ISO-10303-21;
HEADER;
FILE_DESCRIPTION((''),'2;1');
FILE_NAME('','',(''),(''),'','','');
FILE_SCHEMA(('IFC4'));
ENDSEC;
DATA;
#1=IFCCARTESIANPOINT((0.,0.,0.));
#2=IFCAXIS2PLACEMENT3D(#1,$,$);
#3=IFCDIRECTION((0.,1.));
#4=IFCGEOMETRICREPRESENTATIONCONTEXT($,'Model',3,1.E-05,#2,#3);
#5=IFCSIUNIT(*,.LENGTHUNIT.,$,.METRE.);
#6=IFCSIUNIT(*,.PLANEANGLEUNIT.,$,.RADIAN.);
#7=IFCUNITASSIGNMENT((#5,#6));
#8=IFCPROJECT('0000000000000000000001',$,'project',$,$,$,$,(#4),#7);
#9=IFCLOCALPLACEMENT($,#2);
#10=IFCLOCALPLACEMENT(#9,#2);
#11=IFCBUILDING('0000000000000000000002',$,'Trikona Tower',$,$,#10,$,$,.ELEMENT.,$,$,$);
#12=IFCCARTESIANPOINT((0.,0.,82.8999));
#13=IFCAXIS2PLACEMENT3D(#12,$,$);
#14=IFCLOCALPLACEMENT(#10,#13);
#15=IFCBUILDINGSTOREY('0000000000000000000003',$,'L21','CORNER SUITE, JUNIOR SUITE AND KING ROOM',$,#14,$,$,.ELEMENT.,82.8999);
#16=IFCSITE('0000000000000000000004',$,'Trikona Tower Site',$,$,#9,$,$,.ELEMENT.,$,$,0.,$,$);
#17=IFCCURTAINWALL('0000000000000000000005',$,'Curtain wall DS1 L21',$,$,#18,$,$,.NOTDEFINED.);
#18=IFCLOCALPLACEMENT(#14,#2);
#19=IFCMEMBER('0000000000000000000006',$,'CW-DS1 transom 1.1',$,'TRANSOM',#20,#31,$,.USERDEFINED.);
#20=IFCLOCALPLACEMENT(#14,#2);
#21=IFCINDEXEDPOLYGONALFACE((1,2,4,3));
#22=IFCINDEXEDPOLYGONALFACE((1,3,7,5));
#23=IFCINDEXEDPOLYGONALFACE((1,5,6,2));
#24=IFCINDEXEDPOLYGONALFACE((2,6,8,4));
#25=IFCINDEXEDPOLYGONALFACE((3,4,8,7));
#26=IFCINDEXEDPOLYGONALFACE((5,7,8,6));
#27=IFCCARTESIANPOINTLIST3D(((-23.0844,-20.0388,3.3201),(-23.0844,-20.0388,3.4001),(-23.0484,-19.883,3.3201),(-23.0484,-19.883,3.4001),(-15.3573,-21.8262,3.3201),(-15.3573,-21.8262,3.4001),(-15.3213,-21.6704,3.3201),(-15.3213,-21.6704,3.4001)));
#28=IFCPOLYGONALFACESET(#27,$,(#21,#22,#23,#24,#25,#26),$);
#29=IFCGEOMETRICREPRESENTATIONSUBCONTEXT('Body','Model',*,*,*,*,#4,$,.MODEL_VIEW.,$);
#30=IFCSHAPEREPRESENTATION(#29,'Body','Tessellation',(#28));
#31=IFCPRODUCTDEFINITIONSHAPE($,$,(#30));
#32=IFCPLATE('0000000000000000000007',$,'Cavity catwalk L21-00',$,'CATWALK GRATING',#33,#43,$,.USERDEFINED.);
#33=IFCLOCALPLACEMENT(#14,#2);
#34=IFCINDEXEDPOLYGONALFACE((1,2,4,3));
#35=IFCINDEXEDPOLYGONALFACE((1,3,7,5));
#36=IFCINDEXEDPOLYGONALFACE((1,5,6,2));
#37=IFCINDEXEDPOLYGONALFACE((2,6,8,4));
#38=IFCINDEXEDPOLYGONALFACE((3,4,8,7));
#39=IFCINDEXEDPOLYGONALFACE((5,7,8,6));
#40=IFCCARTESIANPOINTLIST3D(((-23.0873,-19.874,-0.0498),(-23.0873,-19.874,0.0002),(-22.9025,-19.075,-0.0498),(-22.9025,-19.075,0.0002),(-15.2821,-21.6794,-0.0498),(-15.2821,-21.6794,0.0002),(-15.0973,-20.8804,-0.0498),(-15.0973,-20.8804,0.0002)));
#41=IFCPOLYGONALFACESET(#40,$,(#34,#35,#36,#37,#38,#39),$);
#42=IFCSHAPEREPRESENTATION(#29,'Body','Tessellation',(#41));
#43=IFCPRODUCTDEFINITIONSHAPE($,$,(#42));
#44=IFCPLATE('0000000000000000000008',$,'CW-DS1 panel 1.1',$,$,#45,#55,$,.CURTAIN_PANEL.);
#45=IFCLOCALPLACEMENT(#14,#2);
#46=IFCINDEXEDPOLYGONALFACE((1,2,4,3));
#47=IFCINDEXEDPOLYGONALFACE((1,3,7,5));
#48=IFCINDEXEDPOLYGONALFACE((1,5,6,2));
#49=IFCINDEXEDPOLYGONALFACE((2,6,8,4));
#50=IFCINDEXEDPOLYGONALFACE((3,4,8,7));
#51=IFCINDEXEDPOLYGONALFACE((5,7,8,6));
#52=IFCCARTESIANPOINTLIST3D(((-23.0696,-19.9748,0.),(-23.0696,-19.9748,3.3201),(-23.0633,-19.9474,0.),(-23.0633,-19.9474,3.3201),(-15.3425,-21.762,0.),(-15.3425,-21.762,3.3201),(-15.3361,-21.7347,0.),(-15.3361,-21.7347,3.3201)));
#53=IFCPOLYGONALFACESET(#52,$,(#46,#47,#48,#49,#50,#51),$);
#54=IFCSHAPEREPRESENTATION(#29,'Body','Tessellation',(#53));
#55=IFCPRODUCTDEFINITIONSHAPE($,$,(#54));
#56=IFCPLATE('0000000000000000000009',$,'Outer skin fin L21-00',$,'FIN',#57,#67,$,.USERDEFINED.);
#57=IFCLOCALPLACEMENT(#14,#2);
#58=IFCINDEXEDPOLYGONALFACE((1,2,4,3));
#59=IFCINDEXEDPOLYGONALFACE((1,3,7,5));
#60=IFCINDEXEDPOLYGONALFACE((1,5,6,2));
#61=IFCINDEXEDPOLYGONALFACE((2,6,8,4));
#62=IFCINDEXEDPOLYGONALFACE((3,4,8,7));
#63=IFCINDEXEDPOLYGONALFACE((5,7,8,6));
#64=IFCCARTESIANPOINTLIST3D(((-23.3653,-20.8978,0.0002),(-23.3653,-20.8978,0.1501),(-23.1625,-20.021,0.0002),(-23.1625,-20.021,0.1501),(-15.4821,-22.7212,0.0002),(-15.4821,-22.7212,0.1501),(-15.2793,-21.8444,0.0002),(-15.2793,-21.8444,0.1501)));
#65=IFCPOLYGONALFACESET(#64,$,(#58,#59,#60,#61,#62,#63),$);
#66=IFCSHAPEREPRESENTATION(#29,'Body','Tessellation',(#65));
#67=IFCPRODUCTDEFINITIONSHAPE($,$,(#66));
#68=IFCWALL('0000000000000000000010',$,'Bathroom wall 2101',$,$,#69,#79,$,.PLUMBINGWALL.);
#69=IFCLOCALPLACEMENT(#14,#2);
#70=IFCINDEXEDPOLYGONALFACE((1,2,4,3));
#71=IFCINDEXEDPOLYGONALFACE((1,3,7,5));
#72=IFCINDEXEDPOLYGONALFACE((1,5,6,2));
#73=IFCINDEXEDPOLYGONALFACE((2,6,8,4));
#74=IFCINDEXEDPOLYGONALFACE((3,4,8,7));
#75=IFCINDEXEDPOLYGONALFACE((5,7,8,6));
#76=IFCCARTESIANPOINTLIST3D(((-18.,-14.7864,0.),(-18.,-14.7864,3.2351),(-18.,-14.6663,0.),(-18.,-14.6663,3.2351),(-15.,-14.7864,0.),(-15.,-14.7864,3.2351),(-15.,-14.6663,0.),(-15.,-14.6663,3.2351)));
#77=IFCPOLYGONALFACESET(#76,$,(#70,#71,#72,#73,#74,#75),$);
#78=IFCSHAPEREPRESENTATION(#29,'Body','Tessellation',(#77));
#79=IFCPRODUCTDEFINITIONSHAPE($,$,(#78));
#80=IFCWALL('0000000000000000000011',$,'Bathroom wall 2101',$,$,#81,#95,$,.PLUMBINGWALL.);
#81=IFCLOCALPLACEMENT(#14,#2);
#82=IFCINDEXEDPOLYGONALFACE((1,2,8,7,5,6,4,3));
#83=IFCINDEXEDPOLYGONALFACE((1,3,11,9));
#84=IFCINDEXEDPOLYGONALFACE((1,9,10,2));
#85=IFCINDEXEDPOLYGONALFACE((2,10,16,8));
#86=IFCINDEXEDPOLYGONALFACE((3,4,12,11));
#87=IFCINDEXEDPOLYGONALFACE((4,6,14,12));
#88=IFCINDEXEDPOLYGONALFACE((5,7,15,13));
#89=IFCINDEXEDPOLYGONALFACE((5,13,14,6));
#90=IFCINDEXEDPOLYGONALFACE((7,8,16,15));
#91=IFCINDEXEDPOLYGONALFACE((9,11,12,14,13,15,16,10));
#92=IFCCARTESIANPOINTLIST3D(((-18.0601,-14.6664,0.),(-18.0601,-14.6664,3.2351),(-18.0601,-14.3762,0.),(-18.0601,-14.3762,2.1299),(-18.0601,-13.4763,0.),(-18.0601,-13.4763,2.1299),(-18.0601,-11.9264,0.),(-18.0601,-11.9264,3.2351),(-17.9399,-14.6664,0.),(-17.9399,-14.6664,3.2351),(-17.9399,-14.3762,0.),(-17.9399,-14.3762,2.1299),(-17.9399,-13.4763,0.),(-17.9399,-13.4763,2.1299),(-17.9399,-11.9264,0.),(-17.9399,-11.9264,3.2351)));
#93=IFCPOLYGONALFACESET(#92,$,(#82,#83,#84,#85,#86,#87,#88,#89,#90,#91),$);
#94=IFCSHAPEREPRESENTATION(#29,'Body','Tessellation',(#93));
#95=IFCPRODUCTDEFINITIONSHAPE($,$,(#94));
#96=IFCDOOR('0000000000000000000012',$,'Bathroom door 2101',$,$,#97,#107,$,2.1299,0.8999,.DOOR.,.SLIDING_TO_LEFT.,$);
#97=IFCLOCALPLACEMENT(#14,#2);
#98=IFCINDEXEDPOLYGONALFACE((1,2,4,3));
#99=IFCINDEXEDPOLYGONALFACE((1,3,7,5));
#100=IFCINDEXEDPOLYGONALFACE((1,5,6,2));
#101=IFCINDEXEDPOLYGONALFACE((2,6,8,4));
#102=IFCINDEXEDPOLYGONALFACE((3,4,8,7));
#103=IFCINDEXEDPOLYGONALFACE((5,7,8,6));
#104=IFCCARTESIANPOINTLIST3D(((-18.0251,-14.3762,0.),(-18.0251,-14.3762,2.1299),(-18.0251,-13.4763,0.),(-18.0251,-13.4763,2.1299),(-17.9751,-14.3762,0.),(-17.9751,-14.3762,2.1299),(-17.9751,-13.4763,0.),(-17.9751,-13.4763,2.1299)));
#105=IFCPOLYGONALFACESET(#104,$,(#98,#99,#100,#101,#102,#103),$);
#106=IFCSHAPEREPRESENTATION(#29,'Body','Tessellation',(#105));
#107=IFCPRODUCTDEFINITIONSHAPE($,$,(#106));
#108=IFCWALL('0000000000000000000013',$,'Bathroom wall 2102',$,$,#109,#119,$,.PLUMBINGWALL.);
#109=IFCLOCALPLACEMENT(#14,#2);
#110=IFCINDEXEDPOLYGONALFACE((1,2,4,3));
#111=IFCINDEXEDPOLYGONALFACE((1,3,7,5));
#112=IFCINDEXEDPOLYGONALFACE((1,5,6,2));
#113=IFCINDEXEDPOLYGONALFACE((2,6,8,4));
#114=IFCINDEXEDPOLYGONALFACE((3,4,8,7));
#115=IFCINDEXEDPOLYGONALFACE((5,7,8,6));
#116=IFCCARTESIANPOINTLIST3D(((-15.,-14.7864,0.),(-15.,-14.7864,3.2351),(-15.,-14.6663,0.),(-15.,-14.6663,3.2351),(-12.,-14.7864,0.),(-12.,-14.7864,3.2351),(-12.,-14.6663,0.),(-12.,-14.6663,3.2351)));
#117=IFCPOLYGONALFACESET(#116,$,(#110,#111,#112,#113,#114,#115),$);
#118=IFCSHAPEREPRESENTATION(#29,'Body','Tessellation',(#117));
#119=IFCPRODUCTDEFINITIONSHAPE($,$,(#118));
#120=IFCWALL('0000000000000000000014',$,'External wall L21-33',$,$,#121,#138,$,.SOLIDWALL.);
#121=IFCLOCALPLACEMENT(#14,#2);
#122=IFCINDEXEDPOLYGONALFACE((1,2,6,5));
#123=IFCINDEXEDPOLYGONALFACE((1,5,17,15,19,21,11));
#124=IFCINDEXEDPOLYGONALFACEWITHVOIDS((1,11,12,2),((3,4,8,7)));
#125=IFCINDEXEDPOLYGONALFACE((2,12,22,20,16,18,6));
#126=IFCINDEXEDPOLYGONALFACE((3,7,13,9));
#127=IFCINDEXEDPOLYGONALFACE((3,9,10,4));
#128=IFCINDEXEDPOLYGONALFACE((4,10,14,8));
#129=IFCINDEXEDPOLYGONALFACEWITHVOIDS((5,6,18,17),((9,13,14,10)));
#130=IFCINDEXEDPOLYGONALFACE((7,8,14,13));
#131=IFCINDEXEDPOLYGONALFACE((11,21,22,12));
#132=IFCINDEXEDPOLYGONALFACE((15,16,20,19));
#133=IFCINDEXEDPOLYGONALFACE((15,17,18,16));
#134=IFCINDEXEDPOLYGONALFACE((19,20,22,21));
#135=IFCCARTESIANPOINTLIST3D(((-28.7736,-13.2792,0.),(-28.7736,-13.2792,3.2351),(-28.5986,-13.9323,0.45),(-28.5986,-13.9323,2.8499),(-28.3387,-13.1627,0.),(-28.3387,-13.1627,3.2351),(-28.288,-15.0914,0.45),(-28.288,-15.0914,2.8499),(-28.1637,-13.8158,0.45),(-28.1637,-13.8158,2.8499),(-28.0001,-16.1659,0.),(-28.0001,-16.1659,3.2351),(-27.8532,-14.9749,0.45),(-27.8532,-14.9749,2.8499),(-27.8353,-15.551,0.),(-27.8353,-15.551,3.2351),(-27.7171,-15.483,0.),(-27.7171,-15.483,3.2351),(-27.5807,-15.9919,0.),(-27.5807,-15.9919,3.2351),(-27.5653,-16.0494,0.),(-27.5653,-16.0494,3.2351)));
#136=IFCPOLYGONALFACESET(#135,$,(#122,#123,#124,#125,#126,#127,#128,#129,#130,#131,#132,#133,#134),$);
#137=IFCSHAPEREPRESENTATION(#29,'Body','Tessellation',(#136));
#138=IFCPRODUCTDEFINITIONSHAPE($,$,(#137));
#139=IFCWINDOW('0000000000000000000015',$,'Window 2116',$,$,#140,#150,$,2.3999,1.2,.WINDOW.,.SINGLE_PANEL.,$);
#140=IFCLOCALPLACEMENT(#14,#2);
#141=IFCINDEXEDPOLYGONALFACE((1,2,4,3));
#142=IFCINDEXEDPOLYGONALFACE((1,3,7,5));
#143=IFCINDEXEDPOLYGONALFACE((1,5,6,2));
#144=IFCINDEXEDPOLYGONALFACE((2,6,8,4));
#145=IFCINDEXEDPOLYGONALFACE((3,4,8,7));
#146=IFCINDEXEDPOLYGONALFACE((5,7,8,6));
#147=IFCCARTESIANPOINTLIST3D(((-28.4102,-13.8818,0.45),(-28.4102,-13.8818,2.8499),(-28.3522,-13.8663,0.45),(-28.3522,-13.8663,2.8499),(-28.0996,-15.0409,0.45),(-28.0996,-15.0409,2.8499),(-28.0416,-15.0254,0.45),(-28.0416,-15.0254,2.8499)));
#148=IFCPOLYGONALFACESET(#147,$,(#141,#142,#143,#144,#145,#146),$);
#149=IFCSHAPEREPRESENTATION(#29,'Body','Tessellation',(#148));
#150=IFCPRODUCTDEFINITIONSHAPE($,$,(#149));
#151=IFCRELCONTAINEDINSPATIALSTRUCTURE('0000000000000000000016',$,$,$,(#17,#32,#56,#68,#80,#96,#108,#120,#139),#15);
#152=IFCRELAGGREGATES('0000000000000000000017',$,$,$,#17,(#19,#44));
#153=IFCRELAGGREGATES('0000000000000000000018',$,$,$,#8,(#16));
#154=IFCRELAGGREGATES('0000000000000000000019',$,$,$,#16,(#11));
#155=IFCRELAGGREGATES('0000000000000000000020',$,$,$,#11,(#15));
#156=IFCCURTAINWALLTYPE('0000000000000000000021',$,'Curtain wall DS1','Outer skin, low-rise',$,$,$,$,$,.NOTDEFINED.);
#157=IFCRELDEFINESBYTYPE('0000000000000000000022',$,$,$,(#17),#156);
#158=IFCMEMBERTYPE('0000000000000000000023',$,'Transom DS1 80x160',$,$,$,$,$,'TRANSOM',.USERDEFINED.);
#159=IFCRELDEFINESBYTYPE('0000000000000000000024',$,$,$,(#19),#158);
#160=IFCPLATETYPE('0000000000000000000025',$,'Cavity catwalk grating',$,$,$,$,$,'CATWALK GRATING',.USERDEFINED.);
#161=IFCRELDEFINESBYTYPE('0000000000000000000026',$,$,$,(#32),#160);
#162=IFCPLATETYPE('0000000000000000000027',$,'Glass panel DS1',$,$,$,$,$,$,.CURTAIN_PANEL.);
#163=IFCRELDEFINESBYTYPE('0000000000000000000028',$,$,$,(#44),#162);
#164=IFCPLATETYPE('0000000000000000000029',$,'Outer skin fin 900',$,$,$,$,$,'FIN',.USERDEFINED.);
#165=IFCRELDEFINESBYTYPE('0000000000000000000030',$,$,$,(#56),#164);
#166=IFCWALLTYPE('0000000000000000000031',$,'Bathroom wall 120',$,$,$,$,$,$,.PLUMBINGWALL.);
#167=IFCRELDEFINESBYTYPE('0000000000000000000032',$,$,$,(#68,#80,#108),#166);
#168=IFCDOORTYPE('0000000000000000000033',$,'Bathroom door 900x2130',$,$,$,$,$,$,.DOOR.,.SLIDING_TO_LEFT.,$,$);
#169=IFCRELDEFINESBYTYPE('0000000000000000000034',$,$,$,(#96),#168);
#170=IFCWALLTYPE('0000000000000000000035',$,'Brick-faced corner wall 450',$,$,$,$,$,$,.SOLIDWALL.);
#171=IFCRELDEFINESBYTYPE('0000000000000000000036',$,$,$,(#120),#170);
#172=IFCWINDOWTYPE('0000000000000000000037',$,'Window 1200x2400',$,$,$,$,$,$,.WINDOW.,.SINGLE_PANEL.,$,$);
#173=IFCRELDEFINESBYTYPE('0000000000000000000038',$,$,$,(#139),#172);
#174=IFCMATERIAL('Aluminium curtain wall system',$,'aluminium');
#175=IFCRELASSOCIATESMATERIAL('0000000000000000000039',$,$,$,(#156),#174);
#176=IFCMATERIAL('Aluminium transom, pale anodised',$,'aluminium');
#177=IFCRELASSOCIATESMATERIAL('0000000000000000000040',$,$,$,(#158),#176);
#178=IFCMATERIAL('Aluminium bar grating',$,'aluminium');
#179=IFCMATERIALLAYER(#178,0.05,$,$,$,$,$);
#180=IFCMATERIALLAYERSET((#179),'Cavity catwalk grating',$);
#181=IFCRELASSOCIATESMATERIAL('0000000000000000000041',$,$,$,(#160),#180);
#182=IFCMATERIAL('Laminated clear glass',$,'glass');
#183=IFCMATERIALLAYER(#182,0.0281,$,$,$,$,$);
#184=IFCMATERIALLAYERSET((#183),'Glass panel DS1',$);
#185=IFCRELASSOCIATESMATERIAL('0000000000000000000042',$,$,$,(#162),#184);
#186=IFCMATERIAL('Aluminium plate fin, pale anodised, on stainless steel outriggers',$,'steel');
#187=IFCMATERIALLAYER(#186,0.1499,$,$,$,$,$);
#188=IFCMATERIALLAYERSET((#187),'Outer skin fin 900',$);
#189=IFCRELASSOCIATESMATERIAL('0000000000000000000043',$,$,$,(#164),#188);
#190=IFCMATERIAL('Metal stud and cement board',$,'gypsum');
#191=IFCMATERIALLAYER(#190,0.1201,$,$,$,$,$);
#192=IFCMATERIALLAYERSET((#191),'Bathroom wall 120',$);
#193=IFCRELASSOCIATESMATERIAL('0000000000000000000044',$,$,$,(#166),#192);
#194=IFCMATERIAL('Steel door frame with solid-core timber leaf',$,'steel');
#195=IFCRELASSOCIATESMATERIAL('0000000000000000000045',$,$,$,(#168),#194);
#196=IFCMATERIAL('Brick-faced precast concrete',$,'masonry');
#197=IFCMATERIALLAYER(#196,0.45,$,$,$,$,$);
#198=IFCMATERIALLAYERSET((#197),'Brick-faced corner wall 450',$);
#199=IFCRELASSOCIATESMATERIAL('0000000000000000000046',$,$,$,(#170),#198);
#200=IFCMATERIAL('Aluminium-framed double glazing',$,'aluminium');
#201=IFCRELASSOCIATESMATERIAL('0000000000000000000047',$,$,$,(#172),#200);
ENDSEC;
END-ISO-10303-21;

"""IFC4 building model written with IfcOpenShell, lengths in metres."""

from ifc_helpers import new_model, si_unit, direction, frame, frame_2d, origin, origin_2d, place, context, subcontext, project, spatial, polyline, rectangle, outline, extrude, material, layer, layer_set, material_profile, profile_set, type_object, element, fill, aggregate, save


model = new_model("IFC4")

# Units and contexts
model_context = context("Model", 3, precision=1e-05, world=origin(), true_north=direction((0.0, 1.0)))
body_context = subcontext(model_context, "Body", "Model", "MODEL_VIEW")
ifc_project = project(units=[si_unit("LENGTHUNIT", "METRE"), si_unit("PLANEANGLEUNIT", "RADIAN")], contexts=[model_context])

# Site, building, storey
site_placement = place(None, origin())
site = spatial("IfcSite", under=ifc_project, at=site_placement, Name="Trikona Tower Site", CompositionType="ELEMENT", RefElevation=0.0)
building_placement = place(site_placement, origin())
building = spatial("IfcBuilding", under=site, at=building_placement, Name="Trikona Tower", CompositionType="ELEMENT")
storey_placement = place(building_placement, frame((0.0, 0.0, 82.8999)))
storey = spatial("IfcBuildingStorey", under=building, at=storey_placement, Name="L21", Description="CORNER SUITE, JUNIOR SUITE AND KING ROOM", CompositionType="ELEMENT", Elevation=82.8999)

# Curtain wall
ifc_material_1 = material(Name="Aluminium curtain wall system", Category="aluminium")
curtain_wall_type = type_object("IfcCurtainWallType", Name="Curtain wall DS1", Description="Outer skin, low-rise", PredefinedType="NOTDEFINED", material=ifc_material_1)
curtain_wall_1_placement = place(storey_placement, origin())
curtain_wall_1 = element("IfcCurtainWall", 1, at=curtain_wall_1_placement, inside=storey, type_object=curtain_wall_type, Name="Curtain wall DS1 L21", PredefinedType="NOTDEFINED")

# Member
ifc_material_2 = material(Name="Aluminium transom, pale anodised", Category="aluminium")
ifc_material_profile_1 = material_profile(ifc_material_2, rectangle(XDim=0.1599, YDim=0.0801, at=origin_2d()), Name="TRN-DS1")
ifc_profile_set_1 = profile_set([ifc_material_profile_1], Name="Aluminium transom, pale anodised")
member_type_1 = type_object("IfcMemberType", Name="Transom DS1 80x160", ElementType="TRANSOM", PredefinedType="USERDEFINED", material=ifc_profile_set_1)
member_1_placement = place(storey_placement, frame((-23.0664, -19.9609, 3.3601), z_axis=(0.974275, -0.225361, 0.0), x_axis=(0.225361, 0.974275, 0.0)))
member_1 = element("IfcMember", 2, at=member_1_placement, type_object=member_type_1, Name="CW-DS1 transom 1.1", ObjectType="TRANSOM", PredefinedType="USERDEFINED", context=body_context, shape_type="SweptSolid", body=[
    extrude(rectangle(XDim=0.1599, YDim=0.0801, at=origin_2d()), origin(), (0.0, 0.0, 1.0), 7.9312),
])

# Plates
ifc_material_3 = material(Name="Aluminium bar grating", Category="aluminium")
ifc_layer_1 = layer(ifc_material_3, 0.05)
ifc_layer_set_1 = layer_set([ifc_layer_1], Name="Cavity catwalk grating")
plate_type_1 = type_object("IfcPlateType", Name="Cavity catwalk grating", ElementType="CATWALK GRATING", PredefinedType="USERDEFINED", material=ifc_layer_set_1)
plate_1_placement = place(storey_placement, frame((-19.0923, -20.3772, -0.0498), z_axis=(0.0, 0.0, 1.0), x_axis=(0.974278, -0.225351, 0.0)))
element("IfcPlate", 3, at=plate_1_placement, inside=storey, type_object=plate_type_1, Name="Cavity catwalk L21-00", ObjectType="CATWALK GRATING", PredefinedType="USERDEFINED", context=body_context, shape_type="SweptSolid", body=[
    extrude(rectangle(XDim=8.0112, YDim=0.8201, at=origin_2d()), origin(), (0.0, 0.0, 1.0), 0.05),
])
ifc_material_4 = material(Name="Laminated clear glass", Category="glass")
ifc_layer_2 = layer(ifc_material_4, 0.0281)
ifc_layer_set_2 = layer_set([ifc_layer_2], Name="Glass panel DS1")
plate_type_2 = type_object("IfcPlateType", Name="Glass panel DS1", PredefinedType="CURTAIN_PANEL", material=ifc_layer_set_2)
plate_2_placement = place(storey_placement, frame((-19.2029, -20.8547, 0.0), z_axis=(0.0, 0.0, 1.0), x_axis=(0.974279, -0.225343, 0.0)))
plate_2 = element("IfcPlate", 4, at=plate_2_placement, type_object=plate_type_2, Name="CW-DS1 panel 1.1", PredefinedType="CURTAIN_PANEL", context=body_context, shape_type="SweptSolid", body=[
    extrude(rectangle(XDim=7.9312, YDim=0.0281, at=origin_2d()), origin(), (0.0, 0.0, 1.0), 3.3201),
])
aggregate(curtain_wall_1, [member_1, plate_2])
ifc_material_5 = material(Name="Aluminium plate fin, pale anodised, on stainless steel outriggers", Category="steel")
ifc_layer_3 = layer(ifc_material_5, 0.1499)
ifc_layer_set_3 = layer_set([ifc_layer_3], Name="Outer skin fin 900")
plate_type_3 = type_object("IfcPlateType", Name="Outer skin fin 900", ElementType="FIN", PredefinedType="USERDEFINED", material=ifc_layer_set_3)
plate_3_placement = place(storey_placement, frame((-19.3223, -21.3711, 0.0002), z_axis=(0.0, 0.0, 1.0), x_axis=(0.974278, -0.225351, 0.0)))
element("IfcPlate", 5, at=plate_3_placement, inside=storey, type_object=plate_type_3, Name="Outer skin fin L21-00", ObjectType="FIN", PredefinedType="USERDEFINED", context=body_context, shape_type="SweptSolid", body=[
    extrude(rectangle(XDim=8.0913, YDim=0.8999, at=origin_2d()), origin(), (0.0, 0.0, 1.0), 0.1499),
])

# Wall
ifc_material_6 = material(Name="Metal stud and cement board", Category="gypsum")
ifc_layer_4 = layer(ifc_material_6, 0.1201)
ifc_layer_set_4 = layer_set([ifc_layer_4], Name="Bathroom wall 120")
wall_type_1 = type_object("IfcWallType", Name="Bathroom wall 120", PredefinedType="PLUMBINGWALL", material=ifc_layer_set_4)
wall_1_placement = place(storey_placement, frame((-18.0, -14.7263, 0.0), z_axis=(0.0, 0.0, 1.0), x_axis=(1.0, 0.0, 0.0)))
element("IfcWall", 6, at=wall_1_placement, inside=storey, type_object=wall_type_1, Name="Bathroom wall 2101", PredefinedType="PLUMBINGWALL", context=body_context, shape_type="SweptSolid", body=[
    extrude(rectangle(XDim=3.0, YDim=0.1201, at=frame_2d((1.5, 0.0))), origin(), (0.0, 0.0, 1.0), 3.2351),
])

# Wall, opening, door
wall_2_placement = place(storey_placement, frame((-18.0, -11.9263, 0.0), z_axis=(0.0, 0.0, 1.0), x_axis=(0.0, -1.0, 0.0)))
wall_2 = element("IfcWall", 7, at=wall_2_placement, inside=storey, type_object=wall_type_1, Name="Bathroom wall 2101", PredefinedType="PLUMBINGWALL", context=body_context, shape_type="SweptSolid", body=[
    extrude(rectangle(XDim=2.74, YDim=0.1201, at=frame_2d((1.3701, 0.0))), origin(), (0.0, 0.0, 1.0), 3.2351),
])
opening_1_placement = place(wall_2_placement, frame((1.55, 0.0, 0.0)))
opening_1 = element("IfcOpeningElement", 8, at=opening_1_placement, cuts=wall_2, PredefinedType="OPENING", context=body_context, shape_type="SweptSolid", body=[
    extrude(rectangle(XDim=0.8999, YDim=2.1299, at=frame_2d((0.45, 1.0649))), frame((0.0, 0.0701, 0.0), z_axis=(0.0, -1.0, 0.0), x_axis=(1.0, 0.0, 0.0)), (0.0, 0.0, 1.0), 0.1401),
])
ifc_material_7 = material(Name="Steel door frame with solid-core timber leaf", Category="steel")
door_type = type_object("IfcDoorType", Name="Bathroom door 900x2130", OperationType="SLIDING_TO_LEFT", PredefinedType="DOOR", material=ifc_material_7)
door_placement = place(opening_1_placement, origin())
door = element("IfcDoor", 9, at=door_placement, inside=storey, type_object=door_type, Name="Bathroom door 2101", OperationType="SLIDING_TO_LEFT", OverallHeight=2.1299, OverallWidth=0.8999, PredefinedType="DOOR", context=body_context, shape_type="SweptSolid", body=[
    extrude(rectangle(XDim=0.8999, YDim=2.1299, at=frame_2d((0.45, 1.0649))), frame((0.0, 0.0249, 0.0), z_axis=(0.0, -1.0, 0.0), x_axis=(1.0, 0.0, 0.0)), (0.0, 0.0, 1.0), 0.05),
])
fill(opening_1, door)

# Wall
wall_3_placement = place(storey_placement, frame((-15.0, -14.7263, 0.0), z_axis=(0.0, 0.0, 1.0), x_axis=(1.0, 0.0, 0.0)))
element("IfcWall", 10, at=wall_3_placement, inside=storey, type_object=wall_type_1, Name="Bathroom wall 2102", PredefinedType="PLUMBINGWALL", context=body_context, shape_type="SweptSolid", body=[
    extrude(rectangle(XDim=3.0, YDim=0.1201, at=frame_2d((1.5, 0.0))), origin(), (0.0, 0.0, 1.0), 3.2351),
])

# Wall, opening, window
ifc_material_8 = material(Name="Brick-faced precast concrete", Category="masonry")
ifc_layer_5 = layer(ifc_material_8, 0.45)
ifc_layer_set_5 = layer_set([ifc_layer_5], Name="Brick-faced corner wall 450")
wall_type_2 = type_object("IfcWallType", Name="Brick-faced corner wall 450", PredefinedType="SOLIDWALL", material=ifc_layer_set_5)
wall_4_placement = place(storey_placement, frame((-28.5562, -13.2209, 0.0), z_axis=(0.0, 0.0, 1.0), x_axis=(0.258801, -0.965931, 0.0)))
wall_4 = element("IfcWall", 11, at=wall_4_placement, inside=storey, type_object=wall_type_2, Name="External wall L21-33", PredefinedType="SOLIDWALL", context=body_context, shape_type="SweptSolid", body=[
    extrude(outline(polyline([(2.9885, 0.2251), (2.929, 0.2251), (2.4373, 0.0933), (2.4021, 0.2251), (0.0, 0.2251), (0.0, -0.2251), (2.9885, -0.2251), (2.9885, 0.2251)])), origin(), (0.0, 0.0, 1.0), 3.2351),
])
opening_2_placement = place(wall_4_placement, frame((0.676, 0.0, 0.45)))
opening_2 = element("IfcOpeningElement", 12, at=opening_2_placement, cuts=wall_4, PredefinedType="OPENING", context=body_context, shape_type="SweptSolid", body=[
    extrude(rectangle(XDim=1.2, YDim=2.3999, at=frame_2d((0.6001, 1.2))), frame((0.0, 0.2349, 0.0), z_axis=(0.0, -1.0, 0.0), x_axis=(1.0, 0.0, 0.0)), (0.0, 0.0, 1.0), 0.47),
])
ifc_material_9 = material(Name="Aluminium-framed double glazing", Category="aluminium")
window_type_1 = type_object("IfcWindowType", Name="Window 1200x2400", PartitioningType="SINGLE_PANEL", PredefinedType="WINDOW", material=ifc_material_9)
window_1_placement = place(opening_2_placement, origin())
window_1 = element("IfcWindow", 13, at=window_1_placement, inside=storey, type_object=window_type_1, Name="Window 2116", OverallHeight=2.3999, OverallWidth=1.2, PartitioningType="SINGLE_PANEL", PredefinedType="WINDOW", context=body_context, shape_type="SweptSolid", body=[
    extrude(rectangle(XDim=1.2, YDim=2.3999, at=frame_2d((0.6001, 1.2))), frame((0.0, 0.03, 0.0), z_axis=(0.0, -1.0, 0.0), x_axis=(1.0, 0.0, 0.0)), (0.0, 0.0, 1.0), 0.0601),
])
fill(opening_2, window_1)

save(model, "model.ifc")
